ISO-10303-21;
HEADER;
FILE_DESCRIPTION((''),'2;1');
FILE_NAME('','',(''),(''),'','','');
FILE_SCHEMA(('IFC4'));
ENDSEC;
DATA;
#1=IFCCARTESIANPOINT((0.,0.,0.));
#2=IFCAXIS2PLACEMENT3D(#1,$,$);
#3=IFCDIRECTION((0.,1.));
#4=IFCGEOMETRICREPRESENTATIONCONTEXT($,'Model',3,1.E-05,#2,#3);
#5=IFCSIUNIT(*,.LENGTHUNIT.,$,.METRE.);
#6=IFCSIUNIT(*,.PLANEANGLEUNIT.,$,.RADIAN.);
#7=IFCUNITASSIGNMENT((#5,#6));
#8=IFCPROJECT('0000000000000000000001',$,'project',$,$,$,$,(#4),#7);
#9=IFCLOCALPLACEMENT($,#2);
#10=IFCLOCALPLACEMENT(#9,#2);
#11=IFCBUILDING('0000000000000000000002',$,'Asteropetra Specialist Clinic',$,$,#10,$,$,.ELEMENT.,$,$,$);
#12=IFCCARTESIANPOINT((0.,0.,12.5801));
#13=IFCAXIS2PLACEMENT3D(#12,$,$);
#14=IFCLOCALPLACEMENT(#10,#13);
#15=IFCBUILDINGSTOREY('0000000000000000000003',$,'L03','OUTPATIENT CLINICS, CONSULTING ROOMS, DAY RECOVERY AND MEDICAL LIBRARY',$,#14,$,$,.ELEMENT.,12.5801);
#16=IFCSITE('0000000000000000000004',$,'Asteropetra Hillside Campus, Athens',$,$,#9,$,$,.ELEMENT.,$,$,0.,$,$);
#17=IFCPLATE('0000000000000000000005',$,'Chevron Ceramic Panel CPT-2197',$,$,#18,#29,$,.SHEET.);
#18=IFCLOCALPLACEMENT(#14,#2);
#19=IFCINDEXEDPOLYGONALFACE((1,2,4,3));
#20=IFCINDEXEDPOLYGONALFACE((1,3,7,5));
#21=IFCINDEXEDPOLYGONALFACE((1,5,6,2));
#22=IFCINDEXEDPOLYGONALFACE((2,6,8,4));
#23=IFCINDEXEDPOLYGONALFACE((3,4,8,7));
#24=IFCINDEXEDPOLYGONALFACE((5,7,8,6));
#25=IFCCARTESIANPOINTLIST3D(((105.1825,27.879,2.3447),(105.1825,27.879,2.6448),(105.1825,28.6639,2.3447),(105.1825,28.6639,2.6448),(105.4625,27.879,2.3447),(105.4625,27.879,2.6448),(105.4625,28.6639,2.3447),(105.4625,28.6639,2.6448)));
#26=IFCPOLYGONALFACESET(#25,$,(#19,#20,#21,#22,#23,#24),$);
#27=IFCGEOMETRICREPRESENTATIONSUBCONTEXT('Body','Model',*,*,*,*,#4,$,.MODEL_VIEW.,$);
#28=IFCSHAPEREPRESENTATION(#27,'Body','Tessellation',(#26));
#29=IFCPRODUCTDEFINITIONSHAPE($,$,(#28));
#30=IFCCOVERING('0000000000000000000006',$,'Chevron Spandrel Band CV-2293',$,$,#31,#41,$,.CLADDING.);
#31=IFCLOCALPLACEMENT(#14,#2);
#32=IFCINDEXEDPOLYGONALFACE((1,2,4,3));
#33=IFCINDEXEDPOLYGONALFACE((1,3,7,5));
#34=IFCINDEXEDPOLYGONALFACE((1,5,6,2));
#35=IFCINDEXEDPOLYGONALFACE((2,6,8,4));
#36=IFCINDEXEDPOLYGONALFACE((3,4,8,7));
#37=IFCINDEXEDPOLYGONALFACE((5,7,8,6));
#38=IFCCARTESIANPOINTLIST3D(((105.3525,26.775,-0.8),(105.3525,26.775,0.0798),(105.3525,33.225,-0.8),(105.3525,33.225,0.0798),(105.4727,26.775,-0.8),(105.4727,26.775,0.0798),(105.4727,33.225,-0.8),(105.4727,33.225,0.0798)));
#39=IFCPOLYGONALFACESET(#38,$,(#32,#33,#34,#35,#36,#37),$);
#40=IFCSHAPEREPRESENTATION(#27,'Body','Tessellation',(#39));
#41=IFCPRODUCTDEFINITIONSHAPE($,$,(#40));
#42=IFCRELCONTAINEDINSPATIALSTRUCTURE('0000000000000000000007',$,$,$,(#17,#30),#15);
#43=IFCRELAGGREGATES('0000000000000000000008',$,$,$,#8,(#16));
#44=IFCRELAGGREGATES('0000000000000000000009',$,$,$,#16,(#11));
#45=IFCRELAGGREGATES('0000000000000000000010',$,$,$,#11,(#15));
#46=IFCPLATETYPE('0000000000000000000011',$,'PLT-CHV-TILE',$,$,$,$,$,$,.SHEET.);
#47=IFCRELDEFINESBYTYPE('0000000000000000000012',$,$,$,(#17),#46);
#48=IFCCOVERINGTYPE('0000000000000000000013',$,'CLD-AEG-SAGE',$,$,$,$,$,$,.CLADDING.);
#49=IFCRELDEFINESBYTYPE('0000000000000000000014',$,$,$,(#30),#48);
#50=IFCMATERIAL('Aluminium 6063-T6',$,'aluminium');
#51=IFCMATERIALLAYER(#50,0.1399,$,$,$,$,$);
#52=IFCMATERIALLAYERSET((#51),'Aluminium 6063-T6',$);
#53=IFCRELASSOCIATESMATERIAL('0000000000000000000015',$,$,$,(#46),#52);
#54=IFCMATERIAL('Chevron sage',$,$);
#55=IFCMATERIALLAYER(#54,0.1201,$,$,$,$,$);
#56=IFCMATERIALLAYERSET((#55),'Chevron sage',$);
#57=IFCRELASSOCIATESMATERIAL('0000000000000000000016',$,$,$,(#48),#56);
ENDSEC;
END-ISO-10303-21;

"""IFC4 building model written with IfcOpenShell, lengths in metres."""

from ifc_helpers import new_model, si_unit, direction, frame, origin, origin_2d, place, context, subcontext, project, spatial, rectangle, extrude, material, layer, layer_set, type_object, element, save


model = new_model("IFC4")

# Units and contexts
model_context = context("Model", 3, precision=1e-05, world=origin(), true_north=direction((0.0, 1.0)))
body_context = subcontext(model_context, "Body", "Model", "MODEL_VIEW")
ifc_project = project(units=[si_unit("LENGTHUNIT", "METRE"), si_unit("PLANEANGLEUNIT", "RADIAN")], contexts=[model_context])

# Site, building, storey
site_placement = place(None, origin())
site = spatial("IfcSite", under=ifc_project, at=site_placement, Name="Asteropetra Hillside Campus, Athens", CompositionType="ELEMENT", RefElevation=0.0)
building_placement = place(site_placement, origin())
building = spatial("IfcBuilding", under=site, at=building_placement, Name="Asteropetra Specialist Clinic", CompositionType="ELEMENT")
storey_placement = place(building_placement, frame((0.0, 0.0, 12.5801)))
storey = spatial("IfcBuildingStorey", under=building, at=storey_placement, Name="L03", Description="OUTPATIENT CLINICS, CONSULTING ROOMS, DAY RECOVERY AND MEDICAL LIBRARY", CompositionType="ELEMENT", Elevation=12.5801)

# Plate
ifc_material_1 = material(Name="Aluminium 6063-T6", Category="aluminium")
ifc_layer_1 = layer(ifc_material_1, 0.1399)
ifc_layer_set_1 = layer_set([ifc_layer_1], Name="Aluminium 6063-T6")
plate_type_1 = type_object("IfcPlateType", Name="PLT-CHV-TILE", PredefinedType="SHEET", material=ifc_layer_set_1)
for number, where, z_axis, x_axis, name in (
    (1, (105.3225, 28.2715, 2.3447), (0.0, 0.0, 1.0), (1.0, 0.0, 0.0), "Chevron Ceramic Panel CPT-2197"),
):
    element("IfcPlate", number, at=place(storey_placement, frame(where, z_axis=z_axis, x_axis=x_axis)), inside=storey, type_object=plate_type_1, Name=name, PredefinedType="SHEET", context=body_context, shape_type="SweptSolid", body=[
        extrude(rectangle(XDim=0.28, YDim=0.7849, at=origin_2d()), origin(), (0.0, 0.0, 1.0), 0.3),
    ])

# Covering
ifc_material_2 = material(Name="Chevron sage")
ifc_layer_2 = layer(ifc_material_2, 0.1201)
ifc_layer_set_2 = layer_set([ifc_layer_2], Name="Chevron sage")
covering_type = type_object("IfcCoveringType", Name="CLD-AEG-SAGE", PredefinedType="CLADDING", material=ifc_layer_set_2)
covering_placement = place(storey_placement, frame((105.4126, 30.0, -0.8), z_axis=(0.0, 0.0, 1.0), x_axis=(1.0, 0.0, 0.0)))
element("IfcCovering", 2, at=covering_placement, inside=storey, type_object=covering_type, Name="Chevron Spandrel Band CV-2293", PredefinedType="CLADDING", context=body_context, shape_type="SweptSolid", body=[
    extrude(rectangle(XDim=0.1201, YDim=6.45, at=origin_2d()), origin(), (0.0, 0.0, 1.0), 0.8799),
])

save(model, "model.ifc")
